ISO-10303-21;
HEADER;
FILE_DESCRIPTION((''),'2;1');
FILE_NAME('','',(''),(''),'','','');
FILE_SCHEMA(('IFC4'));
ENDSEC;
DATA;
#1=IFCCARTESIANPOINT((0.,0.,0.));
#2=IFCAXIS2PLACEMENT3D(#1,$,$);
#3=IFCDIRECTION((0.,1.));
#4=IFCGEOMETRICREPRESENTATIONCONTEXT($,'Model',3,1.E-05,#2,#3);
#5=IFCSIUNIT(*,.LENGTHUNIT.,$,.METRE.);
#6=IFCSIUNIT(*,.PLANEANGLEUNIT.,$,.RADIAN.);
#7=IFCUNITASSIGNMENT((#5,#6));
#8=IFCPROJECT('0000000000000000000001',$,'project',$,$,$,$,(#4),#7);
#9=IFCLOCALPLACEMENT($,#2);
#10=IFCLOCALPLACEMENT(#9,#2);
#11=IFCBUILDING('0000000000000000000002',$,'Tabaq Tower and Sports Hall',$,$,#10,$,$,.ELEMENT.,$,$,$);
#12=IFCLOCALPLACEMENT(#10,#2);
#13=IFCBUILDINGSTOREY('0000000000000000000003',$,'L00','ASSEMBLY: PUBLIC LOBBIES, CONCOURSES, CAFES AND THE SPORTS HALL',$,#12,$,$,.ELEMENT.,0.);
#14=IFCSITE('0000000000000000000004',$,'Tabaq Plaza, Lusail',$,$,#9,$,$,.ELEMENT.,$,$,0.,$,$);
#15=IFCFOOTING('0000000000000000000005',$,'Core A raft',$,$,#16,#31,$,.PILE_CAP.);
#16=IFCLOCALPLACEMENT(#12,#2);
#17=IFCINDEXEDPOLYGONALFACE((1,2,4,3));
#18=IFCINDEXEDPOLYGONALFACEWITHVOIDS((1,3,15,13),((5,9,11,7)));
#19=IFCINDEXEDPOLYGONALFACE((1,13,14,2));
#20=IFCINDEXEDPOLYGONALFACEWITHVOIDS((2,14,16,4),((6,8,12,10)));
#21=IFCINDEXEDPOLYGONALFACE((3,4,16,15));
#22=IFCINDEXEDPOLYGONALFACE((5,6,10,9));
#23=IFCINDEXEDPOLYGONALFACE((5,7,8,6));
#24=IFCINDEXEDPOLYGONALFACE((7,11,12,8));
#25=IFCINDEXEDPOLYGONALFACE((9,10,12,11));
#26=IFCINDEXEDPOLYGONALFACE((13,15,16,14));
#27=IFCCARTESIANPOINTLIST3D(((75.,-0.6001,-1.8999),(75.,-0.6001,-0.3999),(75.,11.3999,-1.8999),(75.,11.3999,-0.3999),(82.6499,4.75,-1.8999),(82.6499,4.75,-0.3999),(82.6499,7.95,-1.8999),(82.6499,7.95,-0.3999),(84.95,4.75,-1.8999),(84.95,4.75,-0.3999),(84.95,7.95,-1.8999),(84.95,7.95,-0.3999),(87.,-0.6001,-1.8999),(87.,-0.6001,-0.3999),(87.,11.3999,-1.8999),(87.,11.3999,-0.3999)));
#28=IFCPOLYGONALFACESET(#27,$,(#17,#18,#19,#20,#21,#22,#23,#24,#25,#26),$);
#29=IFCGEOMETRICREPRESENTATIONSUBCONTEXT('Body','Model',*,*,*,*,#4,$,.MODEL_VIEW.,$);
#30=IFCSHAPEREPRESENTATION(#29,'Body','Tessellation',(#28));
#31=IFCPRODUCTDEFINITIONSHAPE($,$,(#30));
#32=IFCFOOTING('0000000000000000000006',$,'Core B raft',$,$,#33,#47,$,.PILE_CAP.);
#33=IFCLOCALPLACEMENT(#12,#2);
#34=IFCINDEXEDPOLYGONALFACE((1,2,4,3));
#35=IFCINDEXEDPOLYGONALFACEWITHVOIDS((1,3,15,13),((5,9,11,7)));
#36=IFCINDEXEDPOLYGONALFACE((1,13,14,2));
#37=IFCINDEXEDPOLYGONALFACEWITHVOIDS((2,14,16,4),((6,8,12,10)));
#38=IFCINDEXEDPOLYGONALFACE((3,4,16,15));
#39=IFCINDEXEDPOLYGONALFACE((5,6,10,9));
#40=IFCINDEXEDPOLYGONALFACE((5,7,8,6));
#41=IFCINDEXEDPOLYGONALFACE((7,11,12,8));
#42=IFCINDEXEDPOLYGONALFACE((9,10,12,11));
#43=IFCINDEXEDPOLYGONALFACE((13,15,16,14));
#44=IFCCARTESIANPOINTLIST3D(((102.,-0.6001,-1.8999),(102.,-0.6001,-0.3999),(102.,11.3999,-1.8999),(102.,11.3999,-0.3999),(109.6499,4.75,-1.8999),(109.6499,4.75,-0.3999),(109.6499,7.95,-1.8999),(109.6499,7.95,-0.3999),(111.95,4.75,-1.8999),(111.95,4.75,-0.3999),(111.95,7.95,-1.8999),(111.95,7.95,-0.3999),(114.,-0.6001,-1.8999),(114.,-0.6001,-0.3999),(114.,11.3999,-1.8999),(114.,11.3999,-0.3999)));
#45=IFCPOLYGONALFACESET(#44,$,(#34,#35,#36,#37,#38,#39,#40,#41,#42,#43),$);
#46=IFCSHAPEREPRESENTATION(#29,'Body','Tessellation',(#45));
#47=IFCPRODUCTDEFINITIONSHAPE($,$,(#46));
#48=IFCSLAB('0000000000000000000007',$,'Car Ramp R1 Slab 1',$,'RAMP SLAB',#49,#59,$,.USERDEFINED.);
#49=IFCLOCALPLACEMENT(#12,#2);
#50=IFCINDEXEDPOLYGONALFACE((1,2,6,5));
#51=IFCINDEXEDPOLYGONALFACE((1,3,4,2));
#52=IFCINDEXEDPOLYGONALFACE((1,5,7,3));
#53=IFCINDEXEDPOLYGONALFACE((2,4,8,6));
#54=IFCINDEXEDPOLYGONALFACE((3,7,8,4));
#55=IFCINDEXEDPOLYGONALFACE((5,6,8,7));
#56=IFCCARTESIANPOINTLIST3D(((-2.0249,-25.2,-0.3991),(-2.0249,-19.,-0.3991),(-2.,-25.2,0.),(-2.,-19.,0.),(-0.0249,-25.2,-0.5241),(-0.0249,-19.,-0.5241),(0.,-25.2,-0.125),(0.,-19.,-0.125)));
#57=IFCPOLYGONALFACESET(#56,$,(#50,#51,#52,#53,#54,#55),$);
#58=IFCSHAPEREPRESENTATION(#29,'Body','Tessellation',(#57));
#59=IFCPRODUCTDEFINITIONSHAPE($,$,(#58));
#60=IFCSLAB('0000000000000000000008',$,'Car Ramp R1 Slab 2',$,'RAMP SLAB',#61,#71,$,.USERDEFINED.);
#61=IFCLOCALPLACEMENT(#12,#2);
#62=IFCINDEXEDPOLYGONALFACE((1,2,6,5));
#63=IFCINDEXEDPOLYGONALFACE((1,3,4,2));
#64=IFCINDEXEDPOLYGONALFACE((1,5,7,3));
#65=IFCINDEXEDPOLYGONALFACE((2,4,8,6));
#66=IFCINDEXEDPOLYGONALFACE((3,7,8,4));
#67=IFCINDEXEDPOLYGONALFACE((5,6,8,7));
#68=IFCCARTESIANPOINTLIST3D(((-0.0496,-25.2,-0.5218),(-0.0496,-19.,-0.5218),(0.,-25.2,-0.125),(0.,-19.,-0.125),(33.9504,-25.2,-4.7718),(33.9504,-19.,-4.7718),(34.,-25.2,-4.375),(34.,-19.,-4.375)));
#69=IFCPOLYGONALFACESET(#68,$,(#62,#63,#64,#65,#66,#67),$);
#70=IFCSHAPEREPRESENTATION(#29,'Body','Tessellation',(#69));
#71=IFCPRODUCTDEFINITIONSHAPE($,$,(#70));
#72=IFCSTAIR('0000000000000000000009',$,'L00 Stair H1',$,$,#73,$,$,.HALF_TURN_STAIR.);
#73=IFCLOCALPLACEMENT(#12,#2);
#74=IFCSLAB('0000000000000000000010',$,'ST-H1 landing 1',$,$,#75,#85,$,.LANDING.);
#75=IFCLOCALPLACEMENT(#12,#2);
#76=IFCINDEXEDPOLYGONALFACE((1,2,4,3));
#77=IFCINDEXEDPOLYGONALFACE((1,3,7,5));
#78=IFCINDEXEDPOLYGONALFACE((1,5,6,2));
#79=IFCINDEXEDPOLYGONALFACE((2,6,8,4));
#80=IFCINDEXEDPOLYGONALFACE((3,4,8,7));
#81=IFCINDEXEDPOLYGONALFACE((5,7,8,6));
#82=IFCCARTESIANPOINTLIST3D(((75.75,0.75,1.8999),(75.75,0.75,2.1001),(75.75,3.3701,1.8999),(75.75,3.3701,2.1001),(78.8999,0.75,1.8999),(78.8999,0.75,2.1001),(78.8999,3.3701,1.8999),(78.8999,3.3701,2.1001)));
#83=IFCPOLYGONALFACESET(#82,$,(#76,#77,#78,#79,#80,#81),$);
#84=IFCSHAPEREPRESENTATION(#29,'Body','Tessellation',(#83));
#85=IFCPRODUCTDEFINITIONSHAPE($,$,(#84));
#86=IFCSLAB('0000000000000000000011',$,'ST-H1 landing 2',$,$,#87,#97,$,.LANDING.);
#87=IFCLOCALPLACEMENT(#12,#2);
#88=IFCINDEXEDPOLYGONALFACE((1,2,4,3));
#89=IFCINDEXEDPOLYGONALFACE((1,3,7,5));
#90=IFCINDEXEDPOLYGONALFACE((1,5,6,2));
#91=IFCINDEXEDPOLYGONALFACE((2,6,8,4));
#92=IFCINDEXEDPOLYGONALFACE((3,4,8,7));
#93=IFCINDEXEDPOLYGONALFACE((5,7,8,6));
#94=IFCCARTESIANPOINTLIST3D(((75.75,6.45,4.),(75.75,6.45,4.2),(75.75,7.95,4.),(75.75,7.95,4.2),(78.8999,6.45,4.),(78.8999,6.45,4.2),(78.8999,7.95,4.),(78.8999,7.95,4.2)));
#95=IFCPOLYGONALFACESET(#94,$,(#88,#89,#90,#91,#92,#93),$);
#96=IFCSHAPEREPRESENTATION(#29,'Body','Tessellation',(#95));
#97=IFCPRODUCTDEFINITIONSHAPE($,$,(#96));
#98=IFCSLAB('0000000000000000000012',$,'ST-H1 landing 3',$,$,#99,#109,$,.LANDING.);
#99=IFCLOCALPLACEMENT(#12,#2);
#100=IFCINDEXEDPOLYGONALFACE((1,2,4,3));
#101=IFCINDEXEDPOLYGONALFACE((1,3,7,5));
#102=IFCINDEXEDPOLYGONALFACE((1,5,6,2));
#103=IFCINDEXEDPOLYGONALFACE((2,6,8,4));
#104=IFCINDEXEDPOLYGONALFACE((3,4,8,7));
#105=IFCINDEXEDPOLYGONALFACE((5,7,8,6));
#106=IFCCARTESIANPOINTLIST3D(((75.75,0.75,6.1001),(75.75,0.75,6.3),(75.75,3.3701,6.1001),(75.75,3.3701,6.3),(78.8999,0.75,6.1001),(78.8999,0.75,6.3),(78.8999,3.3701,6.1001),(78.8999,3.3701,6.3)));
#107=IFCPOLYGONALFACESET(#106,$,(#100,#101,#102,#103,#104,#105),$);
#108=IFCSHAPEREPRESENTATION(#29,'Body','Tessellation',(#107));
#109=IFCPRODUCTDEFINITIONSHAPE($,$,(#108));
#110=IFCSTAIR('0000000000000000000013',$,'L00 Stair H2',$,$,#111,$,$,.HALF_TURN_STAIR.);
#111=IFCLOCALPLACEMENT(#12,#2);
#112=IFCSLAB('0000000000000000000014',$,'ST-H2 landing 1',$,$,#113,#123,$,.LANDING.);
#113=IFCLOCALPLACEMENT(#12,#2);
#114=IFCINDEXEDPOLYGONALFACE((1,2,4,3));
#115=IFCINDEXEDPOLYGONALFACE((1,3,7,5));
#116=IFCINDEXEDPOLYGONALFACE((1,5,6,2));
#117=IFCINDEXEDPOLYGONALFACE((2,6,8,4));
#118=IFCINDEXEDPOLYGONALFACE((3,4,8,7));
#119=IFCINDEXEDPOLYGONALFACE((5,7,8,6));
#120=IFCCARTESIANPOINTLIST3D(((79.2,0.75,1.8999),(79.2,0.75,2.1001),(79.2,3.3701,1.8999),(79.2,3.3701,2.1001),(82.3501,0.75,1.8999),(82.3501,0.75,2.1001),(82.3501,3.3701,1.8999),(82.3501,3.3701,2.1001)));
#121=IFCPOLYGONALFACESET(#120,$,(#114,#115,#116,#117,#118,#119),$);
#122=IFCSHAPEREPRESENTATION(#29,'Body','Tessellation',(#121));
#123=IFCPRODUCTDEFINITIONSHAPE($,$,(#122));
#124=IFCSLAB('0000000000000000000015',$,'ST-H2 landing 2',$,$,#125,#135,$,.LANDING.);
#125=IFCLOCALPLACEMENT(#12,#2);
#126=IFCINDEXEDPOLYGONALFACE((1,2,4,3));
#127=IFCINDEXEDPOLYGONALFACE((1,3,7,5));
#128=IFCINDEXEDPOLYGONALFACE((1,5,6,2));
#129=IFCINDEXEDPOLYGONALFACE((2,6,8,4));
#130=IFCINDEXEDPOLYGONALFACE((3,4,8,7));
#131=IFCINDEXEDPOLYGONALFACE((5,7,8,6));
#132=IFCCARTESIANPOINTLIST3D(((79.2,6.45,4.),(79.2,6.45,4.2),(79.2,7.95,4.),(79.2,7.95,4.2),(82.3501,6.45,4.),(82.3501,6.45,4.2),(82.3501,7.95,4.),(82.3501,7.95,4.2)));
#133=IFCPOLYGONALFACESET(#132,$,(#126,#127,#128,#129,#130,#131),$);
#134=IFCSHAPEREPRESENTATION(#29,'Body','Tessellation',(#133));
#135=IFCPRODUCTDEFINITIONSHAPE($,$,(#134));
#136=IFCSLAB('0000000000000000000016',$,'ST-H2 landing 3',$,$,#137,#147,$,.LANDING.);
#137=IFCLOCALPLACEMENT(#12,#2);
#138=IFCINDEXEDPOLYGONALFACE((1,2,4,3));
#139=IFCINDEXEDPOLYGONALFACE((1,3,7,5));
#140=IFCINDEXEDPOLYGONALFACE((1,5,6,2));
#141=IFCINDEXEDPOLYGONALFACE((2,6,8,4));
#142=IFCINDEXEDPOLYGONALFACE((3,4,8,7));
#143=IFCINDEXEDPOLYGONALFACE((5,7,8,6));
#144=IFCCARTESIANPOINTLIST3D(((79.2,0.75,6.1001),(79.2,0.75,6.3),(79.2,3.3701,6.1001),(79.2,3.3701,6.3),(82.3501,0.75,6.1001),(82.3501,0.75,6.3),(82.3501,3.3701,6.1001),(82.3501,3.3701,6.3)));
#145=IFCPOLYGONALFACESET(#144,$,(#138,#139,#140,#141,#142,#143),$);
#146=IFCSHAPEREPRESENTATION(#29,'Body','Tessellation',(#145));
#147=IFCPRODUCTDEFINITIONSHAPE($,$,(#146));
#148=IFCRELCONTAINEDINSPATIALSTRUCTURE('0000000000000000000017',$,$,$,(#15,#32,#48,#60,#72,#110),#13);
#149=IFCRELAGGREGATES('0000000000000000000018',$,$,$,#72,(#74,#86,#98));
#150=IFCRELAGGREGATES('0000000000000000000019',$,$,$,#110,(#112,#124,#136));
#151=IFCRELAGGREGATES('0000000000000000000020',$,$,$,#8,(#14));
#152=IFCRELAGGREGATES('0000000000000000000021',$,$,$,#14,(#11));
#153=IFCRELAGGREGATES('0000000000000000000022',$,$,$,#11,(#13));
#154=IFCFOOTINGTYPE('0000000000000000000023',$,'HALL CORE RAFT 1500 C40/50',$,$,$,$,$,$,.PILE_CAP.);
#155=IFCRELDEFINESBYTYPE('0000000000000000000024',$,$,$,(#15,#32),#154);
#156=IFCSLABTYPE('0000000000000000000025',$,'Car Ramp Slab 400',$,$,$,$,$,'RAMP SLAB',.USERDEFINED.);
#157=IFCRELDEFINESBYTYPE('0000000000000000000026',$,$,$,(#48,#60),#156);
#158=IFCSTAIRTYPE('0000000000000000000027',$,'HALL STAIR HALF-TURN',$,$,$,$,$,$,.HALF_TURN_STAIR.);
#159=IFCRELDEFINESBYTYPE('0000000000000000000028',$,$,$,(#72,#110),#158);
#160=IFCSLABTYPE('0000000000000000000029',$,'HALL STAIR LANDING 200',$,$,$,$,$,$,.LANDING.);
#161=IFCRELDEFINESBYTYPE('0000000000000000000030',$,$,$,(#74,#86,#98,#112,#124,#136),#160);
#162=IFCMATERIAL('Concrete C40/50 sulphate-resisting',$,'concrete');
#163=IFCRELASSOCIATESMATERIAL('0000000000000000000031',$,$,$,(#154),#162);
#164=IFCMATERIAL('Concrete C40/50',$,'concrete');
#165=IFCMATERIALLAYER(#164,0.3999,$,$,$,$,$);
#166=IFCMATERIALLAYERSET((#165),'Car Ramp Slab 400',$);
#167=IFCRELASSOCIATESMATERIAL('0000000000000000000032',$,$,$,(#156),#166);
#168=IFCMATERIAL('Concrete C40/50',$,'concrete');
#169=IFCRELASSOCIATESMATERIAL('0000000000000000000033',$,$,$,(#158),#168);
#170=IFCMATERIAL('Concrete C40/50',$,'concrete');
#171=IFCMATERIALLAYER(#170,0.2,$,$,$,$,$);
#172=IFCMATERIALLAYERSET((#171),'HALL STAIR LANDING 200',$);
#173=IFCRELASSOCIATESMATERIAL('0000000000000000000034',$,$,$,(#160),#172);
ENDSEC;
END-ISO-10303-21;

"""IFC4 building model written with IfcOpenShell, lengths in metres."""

from ifc_helpers import new_model, si_unit, direction, frame, origin, place, context, subcontext, project, spatial, polyline, outline, extrude, material, layer, layer_set, type_object, element, aggregate, save


model = new_model("IFC4")

# Units and contexts
model_context = context("Model", 3, precision=1e-05, world=origin(), true_north=direction((0.0, 1.0)))
body_context = subcontext(model_context, "Body", "Model", "MODEL_VIEW")
ifc_project = project(units=[si_unit("LENGTHUNIT", "METRE"), si_unit("PLANEANGLEUNIT", "RADIAN")], contexts=[model_context])

# Site, building, storey
site_placement = place(None, origin())
site = spatial("IfcSite", under=ifc_project, at=site_placement, Name="Tabaq Plaza, Lusail", CompositionType="ELEMENT", RefElevation=0.0)
building_placement = place(site_placement, origin())
building = spatial("IfcBuilding", under=site, at=building_placement, Name="Tabaq Tower and Sports Hall", CompositionType="ELEMENT")
storey_placement = place(building_placement, origin())
storey = spatial("IfcBuildingStorey", under=building, at=storey_placement, Name="L00", Description="ASSEMBLY: PUBLIC LOBBIES, CONCOURSES, CAFES AND THE SPORTS HALL", CompositionType="ELEMENT", Elevation=0.0)

# Footings
ifc_material_1 = material(Name="Concrete C40/50 sulphate-resisting", Category="concrete")
footing_type = type_object("IfcFootingType", Name="HALL CORE RAFT 1500 C40/50", PredefinedType="PILE_CAP", material=ifc_material_1)
footing_1_placement = place(storey_placement, frame((0.0, 0.0, -1.8999)))
element("IfcFooting", 1, at=footing_1_placement, inside=storey, type_object=footing_type, Name="Core A raft", PredefinedType="PILE_CAP", context=body_context, shape_type="SweptSolid", body=[
    extrude(outline(polyline([(75.0, -0.6001), (87.0, -0.6001), (87.0, 11.3999), (75.0, 11.3999), (75.0, -0.6001)]), holes=[polyline([(82.6499, 4.75), (84.95, 4.75), (84.95, 7.95), (82.6499, 7.95), (82.6499, 4.75)])]), origin(), (0.0, 0.0, 1.0), 1.5),
])
footing_2_placement = place(storey_placement, frame((0.0, 0.0, -1.8999)))
element("IfcFooting", 2, at=footing_2_placement, inside=storey, type_object=footing_type, Name="Core B raft", PredefinedType="PILE_CAP", context=body_context, shape_type="SweptSolid", body=[
    extrude(outline(polyline([(102.0, -0.6001), (114.0, -0.6001), (114.0, 11.3999), (102.0, 11.3999), (102.0, -0.6001)]), holes=[polyline([(109.6499, 4.75), (111.95, 4.75), (111.95, 7.95), (109.6499, 7.95), (109.6499, 4.75)])]), origin(), (0.0, 0.0, 1.0), 1.5),
])

# Slabs
ifc_material_2 = material(Name="Concrete C40/50", Category="concrete")
ifc_layer_1 = layer(ifc_material_2, 0.3999)
ifc_layer_set_1 = layer_set([ifc_layer_1], Name="Car Ramp Slab 400")
slab_type_1 = type_object("IfcSlabType", Name="Car Ramp Slab 400", ElementType="RAMP SLAB", PredefinedType="USERDEFINED", material=ifc_layer_set_1)
slab_1_placement = place(storey_placement, frame((-2.0, -25.2, 0.0), z_axis=(0.062378, 0.0, 0.998053), x_axis=(0.998053, 0.0, -0.062378)))
element("IfcSlab", 3, at=slab_1_placement, inside=storey, type_object=slab_type_1, Name="Car Ramp R1 Slab 1", ObjectType="RAMP SLAB", PredefinedType="USERDEFINED", context=body_context, shape_type="SweptSolid", body=[
    extrude(outline(polyline([(0.0, 0.0), (2.0039, 0.0), (2.0039, 6.2), (0.0, 6.2), (0.0, 0.0)])), origin(), (0.0, 0.0, -1.0), 0.3999),
])
slab_2_placement = place(storey_placement, frame((0.0, -25.2, -0.125), z_axis=(0.124035, 0.0, 0.992278), x_axis=(0.992278, 0.0, -0.124035)))
element("IfcSlab", 4, at=slab_2_placement, inside=storey, type_object=slab_type_1, Name="Car Ramp R1 Slab 2", ObjectType="RAMP SLAB", PredefinedType="USERDEFINED", context=body_context, shape_type="SweptSolid", body=[
    extrude(outline(polyline([(0.0, 0.0), (34.2646, 0.0), (34.2646, 6.2), (0.0, 6.2), (0.0, 0.0)])), origin(), (0.0, 0.0, -1.0), 0.3999),
])

# Stairs, slabs
ifc_material_3 = material(Name="Concrete C40/50", Category="concrete")
stair_type = type_object("IfcStairType", Name="HALL STAIR HALF-TURN", PredefinedType="HALF_TURN_STAIR", material=ifc_material_3)
stair_1_placement = place(storey_placement, origin())
stair_1 = element("IfcStair", 5, at=stair_1_placement, inside=storey, type_object=stair_type, Name="L00 Stair H1", PredefinedType="HALF_TURN_STAIR")
ifc_material_4 = material(Name="Concrete C40/50", Category="concrete")
ifc_layer_2 = layer(ifc_material_4, 0.2)
ifc_layer_set_2 = layer_set([ifc_layer_2], Name="HALL STAIR LANDING 200")
slab_type_2 = type_object("IfcSlabType", Name="HALL STAIR LANDING 200", PredefinedType="LANDING", material=ifc_layer_set_2)
slab_3_placement = place(storey_placement, frame((0.0, 0.0, 1.8999)))
slab_3 = element("IfcSlab", 6, at=slab_3_placement, type_object=slab_type_2, Name="ST-H1 landing 1", PredefinedType="LANDING", context=body_context, shape_type="SweptSolid", body=[
    extrude(outline(polyline([(75.75, 3.3701), (75.75, 0.75), (78.8999, 0.75), (78.8999, 3.3701), (75.75, 3.3701)])), origin(), (0.0, 0.0, 1.0), 0.2002),
])
slab_4_placement = place(storey_placement, frame((0.0, 0.0, 4.0)))
slab_4 = element("IfcSlab", 7, at=slab_4_placement, type_object=slab_type_2, Name="ST-H1 landing 2", PredefinedType="LANDING", context=body_context, shape_type="SweptSolid", body=[
    extrude(outline(polyline([(75.75, 7.95), (75.75, 6.45), (78.8999, 6.45), (78.8999, 7.95), (75.75, 7.95)])), origin(), (0.0, 0.0, 1.0), 0.2),
])
slab_5_placement = place(storey_placement, frame((0.0, 0.0, 6.1001)))
slab_5 = element("IfcSlab", 8, at=slab_5_placement, type_object=slab_type_2, Name="ST-H1 landing 3", PredefinedType="LANDING", context=body_context, shape_type="SweptSolid", body=[
    extrude(outline(polyline([(75.75, 3.3701), (75.75, 0.75), (78.8999, 0.75), (78.8999, 3.3701), (75.75, 3.3701)])), origin(), (0.0, 0.0, 1.0), 0.2),
])
aggregate(stair_1, [slab_3, slab_4, slab_5])
stair_2_placement = place(storey_placement, origin())
stair_2 = element("IfcStair", 9, at=stair_2_placement, inside=storey, type_object=stair_type, Name="L00 Stair H2", PredefinedType="HALF_TURN_STAIR")
slab_6_placement = place(storey_placement, frame((0.0, 0.0, 1.8999)))
slab_6 = element("IfcSlab", 10, at=slab_6_placement, type_object=slab_type_2, Name="ST-H2 landing 1", PredefinedType="LANDING", context=body_context, shape_type="SweptSolid", body=[
    extrude(outline(polyline([(79.2, 3.3701), (79.2, 0.75), (82.3501, 0.75), (82.3501, 3.3701), (79.2, 3.3701)])), origin(), (0.0, 0.0, 1.0), 0.2002),
])
slab_7_placement = place(storey_placement, frame((0.0, 0.0, 4.0)))
slab_7 = element("IfcSlab", 11, at=slab_7_placement, type_object=slab_type_2, Name="ST-H2 landing 2", PredefinedType="LANDING", context=body_context, shape_type="SweptSolid", body=[
    extrude(outline(polyline([(79.2, 7.95), (79.2, 6.45), (82.3501, 6.45), (82.3501, 7.95), (79.2, 7.95)])), origin(), (0.0, 0.0, 1.0), 0.2),
])
slab_8_placement = place(storey_placement, frame((0.0, 0.0, 6.1001)))
slab_8 = element("IfcSlab", 12, at=slab_8_placement, type_object=slab_type_2, Name="ST-H2 landing 3", PredefinedType="LANDING", context=body_context, shape_type="SweptSolid", body=[
    extrude(outline(polyline([(79.2, 3.3701), (79.2, 0.75), (82.3501, 0.75), (82.3501, 3.3701), (79.2, 3.3701)])), origin(), (0.0, 0.0, 1.0), 0.2),
])
aggregate(stair_2, [slab_6, slab_7, slab_8])

save(model, "model.ifc")
